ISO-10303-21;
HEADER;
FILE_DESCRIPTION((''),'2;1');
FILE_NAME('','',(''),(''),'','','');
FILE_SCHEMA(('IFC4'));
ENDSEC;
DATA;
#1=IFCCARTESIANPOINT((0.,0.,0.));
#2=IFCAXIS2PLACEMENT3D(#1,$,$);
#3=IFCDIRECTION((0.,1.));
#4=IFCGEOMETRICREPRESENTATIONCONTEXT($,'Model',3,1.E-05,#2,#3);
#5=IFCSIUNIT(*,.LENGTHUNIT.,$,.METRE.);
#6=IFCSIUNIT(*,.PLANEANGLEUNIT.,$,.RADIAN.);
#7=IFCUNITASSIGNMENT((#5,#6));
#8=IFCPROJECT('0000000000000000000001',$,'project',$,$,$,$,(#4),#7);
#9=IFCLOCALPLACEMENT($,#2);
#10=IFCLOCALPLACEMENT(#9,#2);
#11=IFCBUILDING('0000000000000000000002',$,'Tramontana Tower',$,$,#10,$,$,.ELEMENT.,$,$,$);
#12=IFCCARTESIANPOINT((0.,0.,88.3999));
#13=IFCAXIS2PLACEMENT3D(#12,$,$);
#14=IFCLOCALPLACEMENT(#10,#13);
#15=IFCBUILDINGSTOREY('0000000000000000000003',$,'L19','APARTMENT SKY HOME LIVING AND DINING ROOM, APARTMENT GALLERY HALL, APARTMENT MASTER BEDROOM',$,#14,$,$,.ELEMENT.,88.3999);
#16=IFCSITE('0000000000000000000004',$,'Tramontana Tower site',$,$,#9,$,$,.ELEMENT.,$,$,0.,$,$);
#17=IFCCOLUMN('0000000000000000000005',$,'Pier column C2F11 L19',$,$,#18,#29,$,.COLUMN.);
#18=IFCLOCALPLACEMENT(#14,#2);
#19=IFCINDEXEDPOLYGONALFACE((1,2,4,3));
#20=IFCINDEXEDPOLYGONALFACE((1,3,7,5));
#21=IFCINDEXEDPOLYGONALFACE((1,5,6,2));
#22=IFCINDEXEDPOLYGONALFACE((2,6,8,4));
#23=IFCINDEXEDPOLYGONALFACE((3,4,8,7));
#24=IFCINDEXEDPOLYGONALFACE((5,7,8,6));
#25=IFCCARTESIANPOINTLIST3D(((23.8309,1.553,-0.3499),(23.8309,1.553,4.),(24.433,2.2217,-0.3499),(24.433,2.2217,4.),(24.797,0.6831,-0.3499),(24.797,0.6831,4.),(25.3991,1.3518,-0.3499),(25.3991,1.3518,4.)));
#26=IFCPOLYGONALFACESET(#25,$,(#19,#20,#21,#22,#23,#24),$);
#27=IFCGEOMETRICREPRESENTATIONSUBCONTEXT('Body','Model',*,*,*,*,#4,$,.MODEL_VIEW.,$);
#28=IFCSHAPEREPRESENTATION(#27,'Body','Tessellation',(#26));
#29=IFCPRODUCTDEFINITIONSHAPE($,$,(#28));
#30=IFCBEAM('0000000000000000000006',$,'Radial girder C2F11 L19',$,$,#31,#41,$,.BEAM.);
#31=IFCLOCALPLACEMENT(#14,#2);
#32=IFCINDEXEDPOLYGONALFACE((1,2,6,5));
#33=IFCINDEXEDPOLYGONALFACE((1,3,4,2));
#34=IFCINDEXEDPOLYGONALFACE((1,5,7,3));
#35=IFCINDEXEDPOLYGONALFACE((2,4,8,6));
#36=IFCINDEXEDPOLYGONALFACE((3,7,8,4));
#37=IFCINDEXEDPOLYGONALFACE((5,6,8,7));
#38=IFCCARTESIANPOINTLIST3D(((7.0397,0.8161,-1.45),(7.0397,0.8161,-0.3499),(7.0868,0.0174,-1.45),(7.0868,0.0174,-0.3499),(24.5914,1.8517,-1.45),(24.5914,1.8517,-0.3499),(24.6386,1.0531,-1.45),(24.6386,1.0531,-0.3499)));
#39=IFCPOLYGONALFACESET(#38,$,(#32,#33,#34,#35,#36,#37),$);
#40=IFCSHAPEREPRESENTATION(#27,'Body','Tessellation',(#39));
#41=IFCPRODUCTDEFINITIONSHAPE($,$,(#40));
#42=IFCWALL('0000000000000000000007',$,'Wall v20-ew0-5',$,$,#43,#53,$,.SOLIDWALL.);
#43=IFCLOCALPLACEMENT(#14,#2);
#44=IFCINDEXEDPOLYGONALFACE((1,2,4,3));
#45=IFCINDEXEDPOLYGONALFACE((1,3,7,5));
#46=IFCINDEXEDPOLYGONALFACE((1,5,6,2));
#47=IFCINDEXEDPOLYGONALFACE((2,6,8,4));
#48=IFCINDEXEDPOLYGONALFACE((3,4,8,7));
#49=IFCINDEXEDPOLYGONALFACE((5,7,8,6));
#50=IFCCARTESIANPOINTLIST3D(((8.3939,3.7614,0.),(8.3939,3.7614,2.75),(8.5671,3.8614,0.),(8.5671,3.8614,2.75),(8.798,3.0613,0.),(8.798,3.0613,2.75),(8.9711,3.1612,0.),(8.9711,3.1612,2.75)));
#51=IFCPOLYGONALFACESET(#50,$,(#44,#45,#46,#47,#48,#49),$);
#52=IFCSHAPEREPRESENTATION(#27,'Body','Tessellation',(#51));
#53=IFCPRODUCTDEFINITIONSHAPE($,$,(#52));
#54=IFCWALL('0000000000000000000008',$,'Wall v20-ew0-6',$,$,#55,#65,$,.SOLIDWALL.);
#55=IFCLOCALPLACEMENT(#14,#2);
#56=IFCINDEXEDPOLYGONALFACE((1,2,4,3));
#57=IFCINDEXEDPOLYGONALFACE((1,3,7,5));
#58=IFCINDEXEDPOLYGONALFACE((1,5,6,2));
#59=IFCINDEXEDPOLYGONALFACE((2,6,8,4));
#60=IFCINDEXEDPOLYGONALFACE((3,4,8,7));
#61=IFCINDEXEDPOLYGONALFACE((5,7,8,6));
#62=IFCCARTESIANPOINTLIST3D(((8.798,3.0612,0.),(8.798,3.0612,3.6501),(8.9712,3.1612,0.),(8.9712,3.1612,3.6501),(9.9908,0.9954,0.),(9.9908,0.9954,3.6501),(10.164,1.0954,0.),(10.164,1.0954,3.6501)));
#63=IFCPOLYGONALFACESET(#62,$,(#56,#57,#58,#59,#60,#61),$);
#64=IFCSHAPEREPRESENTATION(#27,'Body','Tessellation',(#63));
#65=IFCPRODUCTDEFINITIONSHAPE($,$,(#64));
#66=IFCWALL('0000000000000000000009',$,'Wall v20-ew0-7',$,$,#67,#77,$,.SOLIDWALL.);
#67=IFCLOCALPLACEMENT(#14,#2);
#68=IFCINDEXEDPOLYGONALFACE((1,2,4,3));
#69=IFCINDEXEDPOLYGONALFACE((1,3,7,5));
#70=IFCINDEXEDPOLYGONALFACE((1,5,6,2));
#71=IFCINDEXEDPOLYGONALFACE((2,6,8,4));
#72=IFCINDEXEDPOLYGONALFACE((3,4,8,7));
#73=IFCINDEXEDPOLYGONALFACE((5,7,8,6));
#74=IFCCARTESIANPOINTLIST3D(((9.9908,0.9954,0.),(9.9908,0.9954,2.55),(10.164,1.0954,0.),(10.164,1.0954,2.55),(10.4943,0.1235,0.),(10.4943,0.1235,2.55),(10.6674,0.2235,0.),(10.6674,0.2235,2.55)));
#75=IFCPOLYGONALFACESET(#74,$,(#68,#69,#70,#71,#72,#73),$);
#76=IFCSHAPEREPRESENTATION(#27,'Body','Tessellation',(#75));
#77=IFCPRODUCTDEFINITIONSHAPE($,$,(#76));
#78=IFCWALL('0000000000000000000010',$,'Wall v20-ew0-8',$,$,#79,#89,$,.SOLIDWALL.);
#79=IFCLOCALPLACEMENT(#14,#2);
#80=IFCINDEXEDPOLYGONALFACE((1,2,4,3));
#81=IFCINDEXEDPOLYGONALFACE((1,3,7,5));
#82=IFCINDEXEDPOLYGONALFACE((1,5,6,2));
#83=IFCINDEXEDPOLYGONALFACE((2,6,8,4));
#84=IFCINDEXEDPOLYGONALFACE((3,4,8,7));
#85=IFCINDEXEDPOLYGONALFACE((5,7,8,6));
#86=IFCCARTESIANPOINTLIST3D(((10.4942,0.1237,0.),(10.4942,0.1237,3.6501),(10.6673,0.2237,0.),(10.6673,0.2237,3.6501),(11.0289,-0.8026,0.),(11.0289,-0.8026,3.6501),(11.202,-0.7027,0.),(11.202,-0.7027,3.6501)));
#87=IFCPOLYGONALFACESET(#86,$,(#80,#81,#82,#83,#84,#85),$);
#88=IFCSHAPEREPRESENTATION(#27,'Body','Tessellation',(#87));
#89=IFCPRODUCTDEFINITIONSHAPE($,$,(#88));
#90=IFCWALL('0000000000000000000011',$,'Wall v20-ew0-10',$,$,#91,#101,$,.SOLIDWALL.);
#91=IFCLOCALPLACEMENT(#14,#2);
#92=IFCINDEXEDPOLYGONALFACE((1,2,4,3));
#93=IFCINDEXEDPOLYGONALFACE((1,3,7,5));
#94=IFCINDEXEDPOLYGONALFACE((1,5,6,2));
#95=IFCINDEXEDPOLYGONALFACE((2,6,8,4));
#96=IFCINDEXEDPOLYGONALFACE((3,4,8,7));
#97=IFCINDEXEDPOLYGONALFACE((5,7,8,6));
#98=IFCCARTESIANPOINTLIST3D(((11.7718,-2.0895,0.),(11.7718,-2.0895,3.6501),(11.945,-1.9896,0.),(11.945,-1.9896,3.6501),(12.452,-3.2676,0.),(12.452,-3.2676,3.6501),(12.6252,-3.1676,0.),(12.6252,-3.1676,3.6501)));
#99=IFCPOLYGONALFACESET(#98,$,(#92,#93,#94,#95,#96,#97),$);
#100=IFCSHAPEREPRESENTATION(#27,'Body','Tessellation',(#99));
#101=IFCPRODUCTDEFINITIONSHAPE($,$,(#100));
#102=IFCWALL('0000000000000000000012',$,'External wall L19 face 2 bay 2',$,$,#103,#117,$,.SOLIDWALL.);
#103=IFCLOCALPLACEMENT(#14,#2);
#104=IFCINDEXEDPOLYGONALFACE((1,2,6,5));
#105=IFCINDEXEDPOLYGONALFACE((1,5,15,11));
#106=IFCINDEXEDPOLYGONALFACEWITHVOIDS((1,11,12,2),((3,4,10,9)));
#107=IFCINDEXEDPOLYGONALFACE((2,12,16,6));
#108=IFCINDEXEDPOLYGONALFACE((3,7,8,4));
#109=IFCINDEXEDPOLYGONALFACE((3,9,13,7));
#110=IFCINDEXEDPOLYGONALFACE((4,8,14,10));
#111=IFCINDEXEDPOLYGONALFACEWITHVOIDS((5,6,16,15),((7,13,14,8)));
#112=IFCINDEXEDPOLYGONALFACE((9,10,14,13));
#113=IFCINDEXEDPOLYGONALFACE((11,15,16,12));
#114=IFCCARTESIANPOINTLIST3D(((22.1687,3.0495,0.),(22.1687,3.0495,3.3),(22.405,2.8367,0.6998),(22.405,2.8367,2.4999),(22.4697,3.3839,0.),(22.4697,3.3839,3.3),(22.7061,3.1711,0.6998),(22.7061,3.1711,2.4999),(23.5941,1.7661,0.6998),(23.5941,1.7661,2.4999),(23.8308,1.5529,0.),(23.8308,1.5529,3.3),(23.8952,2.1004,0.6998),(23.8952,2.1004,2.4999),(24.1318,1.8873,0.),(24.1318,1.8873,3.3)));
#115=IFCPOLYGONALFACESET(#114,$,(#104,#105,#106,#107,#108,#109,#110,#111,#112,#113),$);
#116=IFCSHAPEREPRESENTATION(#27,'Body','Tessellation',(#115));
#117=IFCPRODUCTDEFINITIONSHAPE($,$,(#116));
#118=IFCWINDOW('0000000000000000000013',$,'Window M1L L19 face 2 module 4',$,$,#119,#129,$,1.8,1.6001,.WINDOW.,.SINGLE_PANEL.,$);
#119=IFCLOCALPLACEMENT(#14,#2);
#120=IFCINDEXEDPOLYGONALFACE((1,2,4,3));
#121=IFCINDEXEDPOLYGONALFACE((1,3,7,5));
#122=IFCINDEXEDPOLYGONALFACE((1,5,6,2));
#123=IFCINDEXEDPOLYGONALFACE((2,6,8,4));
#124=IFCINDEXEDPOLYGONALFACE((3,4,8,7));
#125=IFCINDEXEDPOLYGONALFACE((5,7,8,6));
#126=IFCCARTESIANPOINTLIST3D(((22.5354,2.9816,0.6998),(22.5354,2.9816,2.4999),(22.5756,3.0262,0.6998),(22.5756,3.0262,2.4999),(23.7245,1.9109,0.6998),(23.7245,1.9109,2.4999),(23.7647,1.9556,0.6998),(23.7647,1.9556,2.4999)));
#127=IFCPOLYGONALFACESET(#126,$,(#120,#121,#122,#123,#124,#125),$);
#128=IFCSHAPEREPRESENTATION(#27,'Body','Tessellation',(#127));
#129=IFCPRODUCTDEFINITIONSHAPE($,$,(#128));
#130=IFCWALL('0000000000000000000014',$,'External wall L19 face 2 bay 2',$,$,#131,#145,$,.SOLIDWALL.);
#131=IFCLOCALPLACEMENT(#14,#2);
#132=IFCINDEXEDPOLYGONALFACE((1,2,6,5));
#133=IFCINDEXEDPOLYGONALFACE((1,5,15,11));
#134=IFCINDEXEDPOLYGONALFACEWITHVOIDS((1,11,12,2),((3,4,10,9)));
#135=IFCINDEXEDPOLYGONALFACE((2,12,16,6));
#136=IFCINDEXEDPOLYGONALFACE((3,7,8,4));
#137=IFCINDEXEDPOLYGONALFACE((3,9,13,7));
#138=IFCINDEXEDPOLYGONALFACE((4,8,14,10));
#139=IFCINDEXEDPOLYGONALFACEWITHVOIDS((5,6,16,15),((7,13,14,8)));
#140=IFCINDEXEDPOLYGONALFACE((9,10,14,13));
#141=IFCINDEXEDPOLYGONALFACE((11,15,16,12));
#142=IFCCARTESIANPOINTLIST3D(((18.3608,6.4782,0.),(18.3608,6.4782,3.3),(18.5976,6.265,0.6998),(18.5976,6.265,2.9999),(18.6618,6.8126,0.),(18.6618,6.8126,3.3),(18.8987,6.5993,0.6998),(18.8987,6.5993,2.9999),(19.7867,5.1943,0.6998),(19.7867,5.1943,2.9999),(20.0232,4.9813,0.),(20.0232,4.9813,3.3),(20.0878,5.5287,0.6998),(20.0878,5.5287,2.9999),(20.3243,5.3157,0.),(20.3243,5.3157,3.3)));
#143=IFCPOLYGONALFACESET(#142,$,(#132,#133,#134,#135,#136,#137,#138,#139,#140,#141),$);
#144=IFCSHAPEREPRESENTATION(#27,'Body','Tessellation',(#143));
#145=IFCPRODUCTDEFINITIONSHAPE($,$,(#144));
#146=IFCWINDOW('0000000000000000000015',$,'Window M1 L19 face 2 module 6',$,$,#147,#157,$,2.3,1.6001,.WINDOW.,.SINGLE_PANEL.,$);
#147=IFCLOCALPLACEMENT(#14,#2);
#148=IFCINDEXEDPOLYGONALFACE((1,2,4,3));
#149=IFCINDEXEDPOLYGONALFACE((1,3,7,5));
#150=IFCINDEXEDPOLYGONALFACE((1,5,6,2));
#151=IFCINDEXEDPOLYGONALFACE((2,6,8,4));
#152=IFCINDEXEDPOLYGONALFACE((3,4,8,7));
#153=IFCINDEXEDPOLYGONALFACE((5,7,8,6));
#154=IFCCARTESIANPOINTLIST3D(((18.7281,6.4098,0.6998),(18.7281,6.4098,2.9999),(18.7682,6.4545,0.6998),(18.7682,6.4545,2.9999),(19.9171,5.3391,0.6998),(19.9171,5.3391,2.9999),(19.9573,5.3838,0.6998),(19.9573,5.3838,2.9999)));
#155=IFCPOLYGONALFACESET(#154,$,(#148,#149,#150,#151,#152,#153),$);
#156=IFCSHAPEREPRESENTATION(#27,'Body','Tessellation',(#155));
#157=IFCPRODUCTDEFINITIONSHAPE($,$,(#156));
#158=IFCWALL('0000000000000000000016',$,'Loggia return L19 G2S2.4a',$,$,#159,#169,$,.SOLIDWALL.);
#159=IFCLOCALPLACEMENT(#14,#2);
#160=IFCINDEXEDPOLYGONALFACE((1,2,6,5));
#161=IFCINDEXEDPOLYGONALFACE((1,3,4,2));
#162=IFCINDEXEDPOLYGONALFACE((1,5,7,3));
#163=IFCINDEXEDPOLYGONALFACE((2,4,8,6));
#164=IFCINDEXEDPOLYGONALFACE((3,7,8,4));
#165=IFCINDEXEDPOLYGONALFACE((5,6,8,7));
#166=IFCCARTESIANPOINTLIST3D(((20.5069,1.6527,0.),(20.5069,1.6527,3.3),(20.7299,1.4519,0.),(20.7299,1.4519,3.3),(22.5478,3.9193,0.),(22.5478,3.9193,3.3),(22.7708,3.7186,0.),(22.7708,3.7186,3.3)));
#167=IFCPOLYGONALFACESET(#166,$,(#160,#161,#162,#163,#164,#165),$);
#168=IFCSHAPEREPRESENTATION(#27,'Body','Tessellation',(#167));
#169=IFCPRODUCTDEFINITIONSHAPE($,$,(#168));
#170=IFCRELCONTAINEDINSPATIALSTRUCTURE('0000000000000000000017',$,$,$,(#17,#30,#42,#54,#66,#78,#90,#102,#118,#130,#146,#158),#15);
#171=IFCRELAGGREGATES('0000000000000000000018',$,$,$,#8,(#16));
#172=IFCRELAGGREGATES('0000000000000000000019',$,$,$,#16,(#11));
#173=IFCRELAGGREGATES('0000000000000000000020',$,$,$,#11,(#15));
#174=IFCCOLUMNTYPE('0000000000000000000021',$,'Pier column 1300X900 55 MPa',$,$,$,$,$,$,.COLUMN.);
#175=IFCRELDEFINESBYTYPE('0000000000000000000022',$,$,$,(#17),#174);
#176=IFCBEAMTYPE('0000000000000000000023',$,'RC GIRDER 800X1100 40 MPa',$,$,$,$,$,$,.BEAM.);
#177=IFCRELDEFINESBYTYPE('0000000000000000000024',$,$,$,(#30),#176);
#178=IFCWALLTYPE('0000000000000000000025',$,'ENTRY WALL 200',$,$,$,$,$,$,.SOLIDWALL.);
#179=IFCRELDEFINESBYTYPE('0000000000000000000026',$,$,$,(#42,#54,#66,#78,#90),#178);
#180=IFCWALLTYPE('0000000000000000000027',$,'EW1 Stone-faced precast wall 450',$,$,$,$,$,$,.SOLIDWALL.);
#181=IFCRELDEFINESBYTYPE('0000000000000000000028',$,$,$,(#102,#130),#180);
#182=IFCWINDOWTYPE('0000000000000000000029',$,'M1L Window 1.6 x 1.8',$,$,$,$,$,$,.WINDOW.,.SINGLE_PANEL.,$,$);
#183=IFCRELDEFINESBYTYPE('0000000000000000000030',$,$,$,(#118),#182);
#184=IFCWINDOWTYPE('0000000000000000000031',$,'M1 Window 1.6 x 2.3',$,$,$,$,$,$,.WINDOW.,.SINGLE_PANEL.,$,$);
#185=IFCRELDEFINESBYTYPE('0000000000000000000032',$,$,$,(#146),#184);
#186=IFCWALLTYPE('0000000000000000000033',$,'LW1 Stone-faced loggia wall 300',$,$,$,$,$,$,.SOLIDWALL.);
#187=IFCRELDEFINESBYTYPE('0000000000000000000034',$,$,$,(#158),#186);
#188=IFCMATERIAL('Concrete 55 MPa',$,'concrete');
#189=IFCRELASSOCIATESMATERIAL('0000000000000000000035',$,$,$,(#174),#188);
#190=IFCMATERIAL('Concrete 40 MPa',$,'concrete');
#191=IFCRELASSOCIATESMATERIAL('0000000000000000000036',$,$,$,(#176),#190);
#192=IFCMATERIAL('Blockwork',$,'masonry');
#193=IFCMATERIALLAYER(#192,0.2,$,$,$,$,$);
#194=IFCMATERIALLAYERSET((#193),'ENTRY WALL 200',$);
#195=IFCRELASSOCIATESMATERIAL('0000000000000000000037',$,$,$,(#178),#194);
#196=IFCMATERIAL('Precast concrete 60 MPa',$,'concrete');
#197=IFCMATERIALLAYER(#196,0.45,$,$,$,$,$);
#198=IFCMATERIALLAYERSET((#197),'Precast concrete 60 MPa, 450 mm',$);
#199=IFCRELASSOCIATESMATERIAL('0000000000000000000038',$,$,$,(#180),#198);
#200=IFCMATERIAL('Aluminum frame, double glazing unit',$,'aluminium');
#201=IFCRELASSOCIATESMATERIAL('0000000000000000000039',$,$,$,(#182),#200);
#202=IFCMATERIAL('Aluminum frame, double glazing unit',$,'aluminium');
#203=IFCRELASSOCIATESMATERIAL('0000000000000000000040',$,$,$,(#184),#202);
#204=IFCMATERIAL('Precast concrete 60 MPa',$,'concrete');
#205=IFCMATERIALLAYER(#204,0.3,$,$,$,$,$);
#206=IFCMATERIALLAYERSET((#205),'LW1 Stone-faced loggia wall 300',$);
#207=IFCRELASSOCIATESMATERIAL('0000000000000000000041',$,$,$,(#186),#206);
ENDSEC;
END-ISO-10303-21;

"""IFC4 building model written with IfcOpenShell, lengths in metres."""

from ifc_helpers import new_model, si_unit, direction, frame, frame_2d, origin, origin_2d, place, context, subcontext, project, spatial, rectangle, extrude, material, layer, layer_set, material_profile, profile_set, type_object, element, fill, save


model = new_model("IFC4")

# Units and contexts
model_context = context("Model", 3, precision=1e-05, world=origin(), true_north=direction((0.0, 1.0)))
body_context = subcontext(model_context, "Body", "Model", "MODEL_VIEW")
ifc_project = project(units=[si_unit("LENGTHUNIT", "METRE"), si_unit("PLANEANGLEUNIT", "RADIAN")], contexts=[model_context])

# Site, building, storey
site_placement = place(None, origin())
site = spatial("IfcSite", under=ifc_project, at=site_placement, Name="Tramontana Tower site", CompositionType="ELEMENT", RefElevation=0.0)
building_placement = place(site_placement, origin())
building = spatial("IfcBuilding", under=site, at=building_placement, Name="Tramontana Tower", CompositionType="ELEMENT")
storey_placement = place(building_placement, frame((0.0, 0.0, 88.3999)))
storey = spatial("IfcBuildingStorey", under=building, at=storey_placement, Name="L19", Description="APARTMENT SKY HOME LIVING AND DINING ROOM, APARTMENT GALLERY HALL, APARTMENT MASTER BEDROOM", CompositionType="ELEMENT", Elevation=88.3999)

# Column
ifc_material_1 = material(Name="Concrete 55 MPa", Category="concrete")
ifc_material_profile_1 = material_profile(ifc_material_1, rectangle(XDim=1.3, YDim=0.8999, at=origin_2d()), Name="Pier column 1300X900 55 MPa")
ifc_profile_set_1 = profile_set([ifc_material_profile_1], Name="Concrete 55 MPa")
column_type = type_object("IfcColumnType", Name="Pier column 1300X900 55 MPa", PredefinedType="COLUMN", material=ifc_profile_set_1)
column_placement = place(storey_placement, frame((24.615, 1.4524, -0.3499), z_axis=(0.0, 0.0, 1.0), x_axis=(-0.743145, 0.669131, 0.0)))
element("IfcColumn", 1, at=column_placement, inside=storey, type_object=column_type, Name="Pier column C2F11 L19", PredefinedType="COLUMN", context=body_context, shape_type="SweptSolid", body=[
    extrude(rectangle(XDim=1.3, YDim=0.8999, at=origin_2d()), origin(), (0.0, 0.0, 1.0), 4.3499),
])

# Beam
ifc_material_2 = material(Name="Concrete 40 MPa", Category="concrete")
ifc_material_profile_2 = material_profile(ifc_material_2, rectangle(XDim=0.8, YDim=1.1001, at=origin_2d()), Name="RC GIRDER 800X1100 40 MPa")
ifc_profile_set_2 = profile_set([ifc_material_profile_2], Name="Concrete 40 MPa")
beam_type = type_object("IfcBeamType", Name="RC GIRDER 800X1100 40 MPa", PredefinedType="BEAM", material=ifc_profile_set_2)
beam_placement = place(storey_placement, frame((24.615, 1.4524, -0.8999), z_axis=(-0.998264, -0.058903, 0.0), x_axis=(0.058903, -0.998264, 0.0)))
element("IfcBeam", 2, at=beam_placement, inside=storey, type_object=beam_type, Name="Radial girder C2F11 L19", PredefinedType="BEAM", context=body_context, shape_type="SweptSolid", body=[
    extrude(rectangle(XDim=0.8, YDim=1.1001, at=origin_2d()), origin(), (0.0, 0.0, 1.0), 17.5823),
])

# Walls
ifc_material_3 = material(Name="Blockwork", Category="masonry")
ifc_layer_1 = layer(ifc_material_3, 0.2)
ifc_layer_set_1 = layer_set([ifc_layer_1], Name="ENTRY WALL 200")
wall_type_1 = type_object("IfcWallType", Name="ENTRY WALL 200", PredefinedType="SOLIDWALL", material=ifc_layer_set_1)
wall_1_placement = place(storey_placement, frame((8.4805, 3.8115, 0.0), z_axis=(0.0, 0.0, 1.0), x_axis=(0.49981, -0.866135, 0.0)))
element("IfcWall", 3, at=wall_1_placement, inside=storey, type_object=wall_type_1, Name="Wall v20-ew0-5", PredefinedType="SOLIDWALL", context=body_context, shape_type="SweptSolid", body=[
    extrude(rectangle(XDim=0.8083, YDim=0.2, at=frame_2d((0.4043, 0.0))), origin(), (0.0, 0.0, 1.0), 2.75),
])
wall_2_placement = place(storey_placement, frame((8.8845, 3.1113, 0.0), z_axis=(0.0, 0.0, 1.0), x_axis=(0.500035, -0.866005, 0.0)))
element("IfcWall", 4, at=wall_2_placement, inside=storey, type_object=wall_type_1, Name="Wall v20-ew0-6", PredefinedType="SOLIDWALL", context=body_context, shape_type="SweptSolid", body=[
    extrude(rectangle(XDim=2.3855, YDim=0.2, at=frame_2d((1.1929, 0.0))), origin(), (0.0, 0.0, 1.0), 3.6501),
])
wall_3_placement = place(storey_placement, frame((10.0774, 1.0454, 0.0), z_axis=(0.0, 0.0, 1.0), x_axis=(0.500051, -0.865996, 0.0)))
element("IfcWall", 5, at=wall_3_placement, inside=storey, type_object=wall_type_1, Name="Wall v20-ew0-7", PredefinedType="SOLIDWALL", context=body_context, shape_type="SweptSolid", body=[
    extrude(rectangle(XDim=1.0068, YDim=0.2, at=frame_2d((0.5034, 0.0))), origin(), (0.0, 0.0, 1.0), 2.55),
])
wall_4_placement = place(storey_placement, frame((10.5808, 0.1736, 0.0), z_axis=(0.0, 0.0, 1.0), x_axis=(0.49992, -0.866072, 0.0)))
element("IfcWall", 6, at=wall_4_placement, inside=storey, type_object=wall_type_1, Name="Wall v20-ew0-8", PredefinedType="SOLIDWALL", context=body_context, shape_type="SweptSolid", body=[
    extrude(rectangle(XDim=1.0696, YDim=0.2, at=frame_2d((0.5347, 0.0))), origin(), (0.0, 0.0, 1.0), 3.6501),
])

# Wall
wall_5_placement = place(storey_placement, frame((11.8584, -2.0396, 0.0), z_axis=(0.0, 0.0, 1.0), x_axis=(0.500038, -0.866003, 0.0)))
element("IfcWall", 7, at=wall_5_placement, inside=storey, type_object=wall_type_1, Name="Wall v20-ew0-10", PredefinedType="SOLIDWALL", context=body_context, shape_type="SweptSolid", body=[
    extrude(rectangle(XDim=1.3604, YDim=0.2, at=frame_2d((0.6802, 0.0))), origin(), (0.0, 0.0, 1.0), 3.6501),
])

# Walls, openings, windows
ifc_material_4 = material(Name="Precast concrete 60 MPa", Category="concrete")
ifc_layer_2 = layer(ifc_material_4, 0.45)
ifc_layer_set_2 = layer_set([ifc_layer_2], Name="Precast concrete 60 MPa, 450 mm")
wall_type_2 = type_object("IfcWallType", Name="EW1 Stone-faced precast wall 450", PredefinedType="SOLIDWALL", material=ifc_layer_set_2)
wall_6_placement = place(storey_placement, frame((23.9812, 1.7202, 0.0), z_axis=(0.0, 0.0, 1.0), x_axis=(-0.743142, 0.669134, 0.0)))
wall_6 = element("IfcWall", 8, at=wall_6_placement, inside=storey, type_object=wall_type_2, Name="External wall L19 face 2 bay 2", PredefinedType="SOLIDWALL", context=body_context, shape_type="SweptSolid", body=[
    extrude(rectangle(XDim=2.2366, YDim=0.45, at=frame_2d((1.1182, 0.0))), origin(), (0.0, 0.0, 1.0), 3.3),
])
opening_1_placement = place(wall_6_placement, frame((0.3184, 0.0, 0.7)))
opening_1 = element("IfcOpeningElement", 9, at=opening_1_placement, cuts=wall_6, PredefinedType="OPENING", context=body_context, shape_type="SweptSolid", body=[
    extrude(rectangle(XDim=1.6001, YDim=1.8, at=frame_2d((0.8, 0.8999))), frame((0.0, 0.2349, 0.0), z_axis=(0.0, -1.0, 0.0), x_axis=(1.0, 0.0, 0.0)), (0.0, 0.0, 1.0), 0.47),
])
ifc_material_5 = material(Name="Aluminum frame, double glazing unit", Category="aluminium")
window_type_1 = type_object("IfcWindowType", Name="M1L Window 1.6 x 1.8", PartitioningType="SINGLE_PANEL", PredefinedType="WINDOW", material=ifc_material_5)
window_1_placement = place(opening_1_placement, origin())
window_1 = element("IfcWindow", 10, at=window_1_placement, inside=storey, type_object=window_type_1, Name="Window M1L L19 face 2 module 4", OverallHeight=1.8, OverallWidth=1.6001, PartitioningType="SINGLE_PANEL", PredefinedType="WINDOW", context=body_context, shape_type="SweptSolid", body=[
    extrude(rectangle(XDim=1.6001, YDim=1.8, at=frame_2d((0.8, 0.8999))), frame((0.0, 0.03, 0.0), z_axis=(0.0, -1.0, 0.0), x_axis=(1.0, 0.0, 0.0)), (0.0, 0.0, 1.0), 0.0601),
])
fill(opening_1, window_1)
wall_7_placement = place(storey_placement, frame((20.1738, 5.1484, 0.0), z_axis=(0.0, 0.0, 1.0), x_axis=(-0.743137, 0.66914, 0.0)))
wall_7 = element("IfcWall", 11, at=wall_7_placement, inside=storey, type_object=wall_type_2, Name="External wall L19 face 2 bay 2", PredefinedType="SOLIDWALL", context=body_context, shape_type="SweptSolid", body=[
    extrude(rectangle(XDim=2.2371, YDim=0.45, at=frame_2d((1.1187, 0.0))), origin(), (0.0, 0.0, 1.0), 3.3),
])
opening_2_placement = place(wall_7_placement, frame((0.3184, 0.0, 0.7)))
opening_2 = element("IfcOpeningElement", 12, at=opening_2_placement, cuts=wall_7, PredefinedType="OPENING", context=body_context, shape_type="SweptSolid", body=[
    extrude(rectangle(XDim=1.6001, YDim=2.3, at=frame_2d((0.8, 1.1499))), frame((0.0, 0.2349, 0.0), z_axis=(0.0, -1.0, 0.0), x_axis=(1.0, 0.0, 0.0)), (0.0, 0.0, 1.0), 0.47),
])
ifc_material_6 = material(Name="Aluminum frame, double glazing unit", Category="aluminium")
window_type_2 = type_object("IfcWindowType", Name="M1 Window 1.6 x 2.3", PartitioningType="SINGLE_PANEL", PredefinedType="WINDOW", material=ifc_material_6)
window_2_placement = place(opening_2_placement, origin())
window_2 = element("IfcWindow", 13, at=window_2_placement, inside=storey, type_object=window_type_2, Name="Window M1 L19 face 2 module 6", OverallHeight=2.3, OverallWidth=1.6001, PartitioningType="SINGLE_PANEL", PredefinedType="WINDOW", context=body_context, shape_type="SweptSolid", body=[
    extrude(rectangle(XDim=1.6001, YDim=2.3, at=frame_2d((0.8, 1.1499))), frame((0.0, 0.03, 0.0), z_axis=(0.0, -1.0, 0.0), x_axis=(1.0, 0.0, 0.0)), (0.0, 0.0, 1.0), 0.0601),
])
fill(opening_2, window_2)

# Shared definitions
ifc_material_7 = material(Name="Precast concrete 60 MPa", Category="concrete")
ifc_layer_3 = layer(ifc_material_7, 0.3)
ifc_layer_set_3 = layer_set([ifc_layer_3], Name="LW1 Stone-faced loggia wall 300")
wall_type_3 = type_object("IfcWallType", Name="LW1 Stone-faced loggia wall 300", PredefinedType="SOLIDWALL", material=ifc_layer_set_3)

# Wall
wall_8_placement = place(storey_placement, frame((22.6592, 3.8188, 0.0), z_axis=(0.0, 0.0, 1.0), x_axis=(-0.669115, -0.743159, 0.0)))
element("IfcWall", 14, at=wall_8_placement, inside=storey, type_object=wall_type_3, Name="Loggia return L19 G2S2.4a", PredefinedType="SOLIDWALL", context=body_context, shape_type="SweptSolid", body=[
    extrude(rectangle(XDim=3.05, YDim=0.3, at=frame_2d((1.5249, 0.0))), origin(), (0.0, 0.0, 1.0), 3.3),
])

save(model, "model.ifc")
